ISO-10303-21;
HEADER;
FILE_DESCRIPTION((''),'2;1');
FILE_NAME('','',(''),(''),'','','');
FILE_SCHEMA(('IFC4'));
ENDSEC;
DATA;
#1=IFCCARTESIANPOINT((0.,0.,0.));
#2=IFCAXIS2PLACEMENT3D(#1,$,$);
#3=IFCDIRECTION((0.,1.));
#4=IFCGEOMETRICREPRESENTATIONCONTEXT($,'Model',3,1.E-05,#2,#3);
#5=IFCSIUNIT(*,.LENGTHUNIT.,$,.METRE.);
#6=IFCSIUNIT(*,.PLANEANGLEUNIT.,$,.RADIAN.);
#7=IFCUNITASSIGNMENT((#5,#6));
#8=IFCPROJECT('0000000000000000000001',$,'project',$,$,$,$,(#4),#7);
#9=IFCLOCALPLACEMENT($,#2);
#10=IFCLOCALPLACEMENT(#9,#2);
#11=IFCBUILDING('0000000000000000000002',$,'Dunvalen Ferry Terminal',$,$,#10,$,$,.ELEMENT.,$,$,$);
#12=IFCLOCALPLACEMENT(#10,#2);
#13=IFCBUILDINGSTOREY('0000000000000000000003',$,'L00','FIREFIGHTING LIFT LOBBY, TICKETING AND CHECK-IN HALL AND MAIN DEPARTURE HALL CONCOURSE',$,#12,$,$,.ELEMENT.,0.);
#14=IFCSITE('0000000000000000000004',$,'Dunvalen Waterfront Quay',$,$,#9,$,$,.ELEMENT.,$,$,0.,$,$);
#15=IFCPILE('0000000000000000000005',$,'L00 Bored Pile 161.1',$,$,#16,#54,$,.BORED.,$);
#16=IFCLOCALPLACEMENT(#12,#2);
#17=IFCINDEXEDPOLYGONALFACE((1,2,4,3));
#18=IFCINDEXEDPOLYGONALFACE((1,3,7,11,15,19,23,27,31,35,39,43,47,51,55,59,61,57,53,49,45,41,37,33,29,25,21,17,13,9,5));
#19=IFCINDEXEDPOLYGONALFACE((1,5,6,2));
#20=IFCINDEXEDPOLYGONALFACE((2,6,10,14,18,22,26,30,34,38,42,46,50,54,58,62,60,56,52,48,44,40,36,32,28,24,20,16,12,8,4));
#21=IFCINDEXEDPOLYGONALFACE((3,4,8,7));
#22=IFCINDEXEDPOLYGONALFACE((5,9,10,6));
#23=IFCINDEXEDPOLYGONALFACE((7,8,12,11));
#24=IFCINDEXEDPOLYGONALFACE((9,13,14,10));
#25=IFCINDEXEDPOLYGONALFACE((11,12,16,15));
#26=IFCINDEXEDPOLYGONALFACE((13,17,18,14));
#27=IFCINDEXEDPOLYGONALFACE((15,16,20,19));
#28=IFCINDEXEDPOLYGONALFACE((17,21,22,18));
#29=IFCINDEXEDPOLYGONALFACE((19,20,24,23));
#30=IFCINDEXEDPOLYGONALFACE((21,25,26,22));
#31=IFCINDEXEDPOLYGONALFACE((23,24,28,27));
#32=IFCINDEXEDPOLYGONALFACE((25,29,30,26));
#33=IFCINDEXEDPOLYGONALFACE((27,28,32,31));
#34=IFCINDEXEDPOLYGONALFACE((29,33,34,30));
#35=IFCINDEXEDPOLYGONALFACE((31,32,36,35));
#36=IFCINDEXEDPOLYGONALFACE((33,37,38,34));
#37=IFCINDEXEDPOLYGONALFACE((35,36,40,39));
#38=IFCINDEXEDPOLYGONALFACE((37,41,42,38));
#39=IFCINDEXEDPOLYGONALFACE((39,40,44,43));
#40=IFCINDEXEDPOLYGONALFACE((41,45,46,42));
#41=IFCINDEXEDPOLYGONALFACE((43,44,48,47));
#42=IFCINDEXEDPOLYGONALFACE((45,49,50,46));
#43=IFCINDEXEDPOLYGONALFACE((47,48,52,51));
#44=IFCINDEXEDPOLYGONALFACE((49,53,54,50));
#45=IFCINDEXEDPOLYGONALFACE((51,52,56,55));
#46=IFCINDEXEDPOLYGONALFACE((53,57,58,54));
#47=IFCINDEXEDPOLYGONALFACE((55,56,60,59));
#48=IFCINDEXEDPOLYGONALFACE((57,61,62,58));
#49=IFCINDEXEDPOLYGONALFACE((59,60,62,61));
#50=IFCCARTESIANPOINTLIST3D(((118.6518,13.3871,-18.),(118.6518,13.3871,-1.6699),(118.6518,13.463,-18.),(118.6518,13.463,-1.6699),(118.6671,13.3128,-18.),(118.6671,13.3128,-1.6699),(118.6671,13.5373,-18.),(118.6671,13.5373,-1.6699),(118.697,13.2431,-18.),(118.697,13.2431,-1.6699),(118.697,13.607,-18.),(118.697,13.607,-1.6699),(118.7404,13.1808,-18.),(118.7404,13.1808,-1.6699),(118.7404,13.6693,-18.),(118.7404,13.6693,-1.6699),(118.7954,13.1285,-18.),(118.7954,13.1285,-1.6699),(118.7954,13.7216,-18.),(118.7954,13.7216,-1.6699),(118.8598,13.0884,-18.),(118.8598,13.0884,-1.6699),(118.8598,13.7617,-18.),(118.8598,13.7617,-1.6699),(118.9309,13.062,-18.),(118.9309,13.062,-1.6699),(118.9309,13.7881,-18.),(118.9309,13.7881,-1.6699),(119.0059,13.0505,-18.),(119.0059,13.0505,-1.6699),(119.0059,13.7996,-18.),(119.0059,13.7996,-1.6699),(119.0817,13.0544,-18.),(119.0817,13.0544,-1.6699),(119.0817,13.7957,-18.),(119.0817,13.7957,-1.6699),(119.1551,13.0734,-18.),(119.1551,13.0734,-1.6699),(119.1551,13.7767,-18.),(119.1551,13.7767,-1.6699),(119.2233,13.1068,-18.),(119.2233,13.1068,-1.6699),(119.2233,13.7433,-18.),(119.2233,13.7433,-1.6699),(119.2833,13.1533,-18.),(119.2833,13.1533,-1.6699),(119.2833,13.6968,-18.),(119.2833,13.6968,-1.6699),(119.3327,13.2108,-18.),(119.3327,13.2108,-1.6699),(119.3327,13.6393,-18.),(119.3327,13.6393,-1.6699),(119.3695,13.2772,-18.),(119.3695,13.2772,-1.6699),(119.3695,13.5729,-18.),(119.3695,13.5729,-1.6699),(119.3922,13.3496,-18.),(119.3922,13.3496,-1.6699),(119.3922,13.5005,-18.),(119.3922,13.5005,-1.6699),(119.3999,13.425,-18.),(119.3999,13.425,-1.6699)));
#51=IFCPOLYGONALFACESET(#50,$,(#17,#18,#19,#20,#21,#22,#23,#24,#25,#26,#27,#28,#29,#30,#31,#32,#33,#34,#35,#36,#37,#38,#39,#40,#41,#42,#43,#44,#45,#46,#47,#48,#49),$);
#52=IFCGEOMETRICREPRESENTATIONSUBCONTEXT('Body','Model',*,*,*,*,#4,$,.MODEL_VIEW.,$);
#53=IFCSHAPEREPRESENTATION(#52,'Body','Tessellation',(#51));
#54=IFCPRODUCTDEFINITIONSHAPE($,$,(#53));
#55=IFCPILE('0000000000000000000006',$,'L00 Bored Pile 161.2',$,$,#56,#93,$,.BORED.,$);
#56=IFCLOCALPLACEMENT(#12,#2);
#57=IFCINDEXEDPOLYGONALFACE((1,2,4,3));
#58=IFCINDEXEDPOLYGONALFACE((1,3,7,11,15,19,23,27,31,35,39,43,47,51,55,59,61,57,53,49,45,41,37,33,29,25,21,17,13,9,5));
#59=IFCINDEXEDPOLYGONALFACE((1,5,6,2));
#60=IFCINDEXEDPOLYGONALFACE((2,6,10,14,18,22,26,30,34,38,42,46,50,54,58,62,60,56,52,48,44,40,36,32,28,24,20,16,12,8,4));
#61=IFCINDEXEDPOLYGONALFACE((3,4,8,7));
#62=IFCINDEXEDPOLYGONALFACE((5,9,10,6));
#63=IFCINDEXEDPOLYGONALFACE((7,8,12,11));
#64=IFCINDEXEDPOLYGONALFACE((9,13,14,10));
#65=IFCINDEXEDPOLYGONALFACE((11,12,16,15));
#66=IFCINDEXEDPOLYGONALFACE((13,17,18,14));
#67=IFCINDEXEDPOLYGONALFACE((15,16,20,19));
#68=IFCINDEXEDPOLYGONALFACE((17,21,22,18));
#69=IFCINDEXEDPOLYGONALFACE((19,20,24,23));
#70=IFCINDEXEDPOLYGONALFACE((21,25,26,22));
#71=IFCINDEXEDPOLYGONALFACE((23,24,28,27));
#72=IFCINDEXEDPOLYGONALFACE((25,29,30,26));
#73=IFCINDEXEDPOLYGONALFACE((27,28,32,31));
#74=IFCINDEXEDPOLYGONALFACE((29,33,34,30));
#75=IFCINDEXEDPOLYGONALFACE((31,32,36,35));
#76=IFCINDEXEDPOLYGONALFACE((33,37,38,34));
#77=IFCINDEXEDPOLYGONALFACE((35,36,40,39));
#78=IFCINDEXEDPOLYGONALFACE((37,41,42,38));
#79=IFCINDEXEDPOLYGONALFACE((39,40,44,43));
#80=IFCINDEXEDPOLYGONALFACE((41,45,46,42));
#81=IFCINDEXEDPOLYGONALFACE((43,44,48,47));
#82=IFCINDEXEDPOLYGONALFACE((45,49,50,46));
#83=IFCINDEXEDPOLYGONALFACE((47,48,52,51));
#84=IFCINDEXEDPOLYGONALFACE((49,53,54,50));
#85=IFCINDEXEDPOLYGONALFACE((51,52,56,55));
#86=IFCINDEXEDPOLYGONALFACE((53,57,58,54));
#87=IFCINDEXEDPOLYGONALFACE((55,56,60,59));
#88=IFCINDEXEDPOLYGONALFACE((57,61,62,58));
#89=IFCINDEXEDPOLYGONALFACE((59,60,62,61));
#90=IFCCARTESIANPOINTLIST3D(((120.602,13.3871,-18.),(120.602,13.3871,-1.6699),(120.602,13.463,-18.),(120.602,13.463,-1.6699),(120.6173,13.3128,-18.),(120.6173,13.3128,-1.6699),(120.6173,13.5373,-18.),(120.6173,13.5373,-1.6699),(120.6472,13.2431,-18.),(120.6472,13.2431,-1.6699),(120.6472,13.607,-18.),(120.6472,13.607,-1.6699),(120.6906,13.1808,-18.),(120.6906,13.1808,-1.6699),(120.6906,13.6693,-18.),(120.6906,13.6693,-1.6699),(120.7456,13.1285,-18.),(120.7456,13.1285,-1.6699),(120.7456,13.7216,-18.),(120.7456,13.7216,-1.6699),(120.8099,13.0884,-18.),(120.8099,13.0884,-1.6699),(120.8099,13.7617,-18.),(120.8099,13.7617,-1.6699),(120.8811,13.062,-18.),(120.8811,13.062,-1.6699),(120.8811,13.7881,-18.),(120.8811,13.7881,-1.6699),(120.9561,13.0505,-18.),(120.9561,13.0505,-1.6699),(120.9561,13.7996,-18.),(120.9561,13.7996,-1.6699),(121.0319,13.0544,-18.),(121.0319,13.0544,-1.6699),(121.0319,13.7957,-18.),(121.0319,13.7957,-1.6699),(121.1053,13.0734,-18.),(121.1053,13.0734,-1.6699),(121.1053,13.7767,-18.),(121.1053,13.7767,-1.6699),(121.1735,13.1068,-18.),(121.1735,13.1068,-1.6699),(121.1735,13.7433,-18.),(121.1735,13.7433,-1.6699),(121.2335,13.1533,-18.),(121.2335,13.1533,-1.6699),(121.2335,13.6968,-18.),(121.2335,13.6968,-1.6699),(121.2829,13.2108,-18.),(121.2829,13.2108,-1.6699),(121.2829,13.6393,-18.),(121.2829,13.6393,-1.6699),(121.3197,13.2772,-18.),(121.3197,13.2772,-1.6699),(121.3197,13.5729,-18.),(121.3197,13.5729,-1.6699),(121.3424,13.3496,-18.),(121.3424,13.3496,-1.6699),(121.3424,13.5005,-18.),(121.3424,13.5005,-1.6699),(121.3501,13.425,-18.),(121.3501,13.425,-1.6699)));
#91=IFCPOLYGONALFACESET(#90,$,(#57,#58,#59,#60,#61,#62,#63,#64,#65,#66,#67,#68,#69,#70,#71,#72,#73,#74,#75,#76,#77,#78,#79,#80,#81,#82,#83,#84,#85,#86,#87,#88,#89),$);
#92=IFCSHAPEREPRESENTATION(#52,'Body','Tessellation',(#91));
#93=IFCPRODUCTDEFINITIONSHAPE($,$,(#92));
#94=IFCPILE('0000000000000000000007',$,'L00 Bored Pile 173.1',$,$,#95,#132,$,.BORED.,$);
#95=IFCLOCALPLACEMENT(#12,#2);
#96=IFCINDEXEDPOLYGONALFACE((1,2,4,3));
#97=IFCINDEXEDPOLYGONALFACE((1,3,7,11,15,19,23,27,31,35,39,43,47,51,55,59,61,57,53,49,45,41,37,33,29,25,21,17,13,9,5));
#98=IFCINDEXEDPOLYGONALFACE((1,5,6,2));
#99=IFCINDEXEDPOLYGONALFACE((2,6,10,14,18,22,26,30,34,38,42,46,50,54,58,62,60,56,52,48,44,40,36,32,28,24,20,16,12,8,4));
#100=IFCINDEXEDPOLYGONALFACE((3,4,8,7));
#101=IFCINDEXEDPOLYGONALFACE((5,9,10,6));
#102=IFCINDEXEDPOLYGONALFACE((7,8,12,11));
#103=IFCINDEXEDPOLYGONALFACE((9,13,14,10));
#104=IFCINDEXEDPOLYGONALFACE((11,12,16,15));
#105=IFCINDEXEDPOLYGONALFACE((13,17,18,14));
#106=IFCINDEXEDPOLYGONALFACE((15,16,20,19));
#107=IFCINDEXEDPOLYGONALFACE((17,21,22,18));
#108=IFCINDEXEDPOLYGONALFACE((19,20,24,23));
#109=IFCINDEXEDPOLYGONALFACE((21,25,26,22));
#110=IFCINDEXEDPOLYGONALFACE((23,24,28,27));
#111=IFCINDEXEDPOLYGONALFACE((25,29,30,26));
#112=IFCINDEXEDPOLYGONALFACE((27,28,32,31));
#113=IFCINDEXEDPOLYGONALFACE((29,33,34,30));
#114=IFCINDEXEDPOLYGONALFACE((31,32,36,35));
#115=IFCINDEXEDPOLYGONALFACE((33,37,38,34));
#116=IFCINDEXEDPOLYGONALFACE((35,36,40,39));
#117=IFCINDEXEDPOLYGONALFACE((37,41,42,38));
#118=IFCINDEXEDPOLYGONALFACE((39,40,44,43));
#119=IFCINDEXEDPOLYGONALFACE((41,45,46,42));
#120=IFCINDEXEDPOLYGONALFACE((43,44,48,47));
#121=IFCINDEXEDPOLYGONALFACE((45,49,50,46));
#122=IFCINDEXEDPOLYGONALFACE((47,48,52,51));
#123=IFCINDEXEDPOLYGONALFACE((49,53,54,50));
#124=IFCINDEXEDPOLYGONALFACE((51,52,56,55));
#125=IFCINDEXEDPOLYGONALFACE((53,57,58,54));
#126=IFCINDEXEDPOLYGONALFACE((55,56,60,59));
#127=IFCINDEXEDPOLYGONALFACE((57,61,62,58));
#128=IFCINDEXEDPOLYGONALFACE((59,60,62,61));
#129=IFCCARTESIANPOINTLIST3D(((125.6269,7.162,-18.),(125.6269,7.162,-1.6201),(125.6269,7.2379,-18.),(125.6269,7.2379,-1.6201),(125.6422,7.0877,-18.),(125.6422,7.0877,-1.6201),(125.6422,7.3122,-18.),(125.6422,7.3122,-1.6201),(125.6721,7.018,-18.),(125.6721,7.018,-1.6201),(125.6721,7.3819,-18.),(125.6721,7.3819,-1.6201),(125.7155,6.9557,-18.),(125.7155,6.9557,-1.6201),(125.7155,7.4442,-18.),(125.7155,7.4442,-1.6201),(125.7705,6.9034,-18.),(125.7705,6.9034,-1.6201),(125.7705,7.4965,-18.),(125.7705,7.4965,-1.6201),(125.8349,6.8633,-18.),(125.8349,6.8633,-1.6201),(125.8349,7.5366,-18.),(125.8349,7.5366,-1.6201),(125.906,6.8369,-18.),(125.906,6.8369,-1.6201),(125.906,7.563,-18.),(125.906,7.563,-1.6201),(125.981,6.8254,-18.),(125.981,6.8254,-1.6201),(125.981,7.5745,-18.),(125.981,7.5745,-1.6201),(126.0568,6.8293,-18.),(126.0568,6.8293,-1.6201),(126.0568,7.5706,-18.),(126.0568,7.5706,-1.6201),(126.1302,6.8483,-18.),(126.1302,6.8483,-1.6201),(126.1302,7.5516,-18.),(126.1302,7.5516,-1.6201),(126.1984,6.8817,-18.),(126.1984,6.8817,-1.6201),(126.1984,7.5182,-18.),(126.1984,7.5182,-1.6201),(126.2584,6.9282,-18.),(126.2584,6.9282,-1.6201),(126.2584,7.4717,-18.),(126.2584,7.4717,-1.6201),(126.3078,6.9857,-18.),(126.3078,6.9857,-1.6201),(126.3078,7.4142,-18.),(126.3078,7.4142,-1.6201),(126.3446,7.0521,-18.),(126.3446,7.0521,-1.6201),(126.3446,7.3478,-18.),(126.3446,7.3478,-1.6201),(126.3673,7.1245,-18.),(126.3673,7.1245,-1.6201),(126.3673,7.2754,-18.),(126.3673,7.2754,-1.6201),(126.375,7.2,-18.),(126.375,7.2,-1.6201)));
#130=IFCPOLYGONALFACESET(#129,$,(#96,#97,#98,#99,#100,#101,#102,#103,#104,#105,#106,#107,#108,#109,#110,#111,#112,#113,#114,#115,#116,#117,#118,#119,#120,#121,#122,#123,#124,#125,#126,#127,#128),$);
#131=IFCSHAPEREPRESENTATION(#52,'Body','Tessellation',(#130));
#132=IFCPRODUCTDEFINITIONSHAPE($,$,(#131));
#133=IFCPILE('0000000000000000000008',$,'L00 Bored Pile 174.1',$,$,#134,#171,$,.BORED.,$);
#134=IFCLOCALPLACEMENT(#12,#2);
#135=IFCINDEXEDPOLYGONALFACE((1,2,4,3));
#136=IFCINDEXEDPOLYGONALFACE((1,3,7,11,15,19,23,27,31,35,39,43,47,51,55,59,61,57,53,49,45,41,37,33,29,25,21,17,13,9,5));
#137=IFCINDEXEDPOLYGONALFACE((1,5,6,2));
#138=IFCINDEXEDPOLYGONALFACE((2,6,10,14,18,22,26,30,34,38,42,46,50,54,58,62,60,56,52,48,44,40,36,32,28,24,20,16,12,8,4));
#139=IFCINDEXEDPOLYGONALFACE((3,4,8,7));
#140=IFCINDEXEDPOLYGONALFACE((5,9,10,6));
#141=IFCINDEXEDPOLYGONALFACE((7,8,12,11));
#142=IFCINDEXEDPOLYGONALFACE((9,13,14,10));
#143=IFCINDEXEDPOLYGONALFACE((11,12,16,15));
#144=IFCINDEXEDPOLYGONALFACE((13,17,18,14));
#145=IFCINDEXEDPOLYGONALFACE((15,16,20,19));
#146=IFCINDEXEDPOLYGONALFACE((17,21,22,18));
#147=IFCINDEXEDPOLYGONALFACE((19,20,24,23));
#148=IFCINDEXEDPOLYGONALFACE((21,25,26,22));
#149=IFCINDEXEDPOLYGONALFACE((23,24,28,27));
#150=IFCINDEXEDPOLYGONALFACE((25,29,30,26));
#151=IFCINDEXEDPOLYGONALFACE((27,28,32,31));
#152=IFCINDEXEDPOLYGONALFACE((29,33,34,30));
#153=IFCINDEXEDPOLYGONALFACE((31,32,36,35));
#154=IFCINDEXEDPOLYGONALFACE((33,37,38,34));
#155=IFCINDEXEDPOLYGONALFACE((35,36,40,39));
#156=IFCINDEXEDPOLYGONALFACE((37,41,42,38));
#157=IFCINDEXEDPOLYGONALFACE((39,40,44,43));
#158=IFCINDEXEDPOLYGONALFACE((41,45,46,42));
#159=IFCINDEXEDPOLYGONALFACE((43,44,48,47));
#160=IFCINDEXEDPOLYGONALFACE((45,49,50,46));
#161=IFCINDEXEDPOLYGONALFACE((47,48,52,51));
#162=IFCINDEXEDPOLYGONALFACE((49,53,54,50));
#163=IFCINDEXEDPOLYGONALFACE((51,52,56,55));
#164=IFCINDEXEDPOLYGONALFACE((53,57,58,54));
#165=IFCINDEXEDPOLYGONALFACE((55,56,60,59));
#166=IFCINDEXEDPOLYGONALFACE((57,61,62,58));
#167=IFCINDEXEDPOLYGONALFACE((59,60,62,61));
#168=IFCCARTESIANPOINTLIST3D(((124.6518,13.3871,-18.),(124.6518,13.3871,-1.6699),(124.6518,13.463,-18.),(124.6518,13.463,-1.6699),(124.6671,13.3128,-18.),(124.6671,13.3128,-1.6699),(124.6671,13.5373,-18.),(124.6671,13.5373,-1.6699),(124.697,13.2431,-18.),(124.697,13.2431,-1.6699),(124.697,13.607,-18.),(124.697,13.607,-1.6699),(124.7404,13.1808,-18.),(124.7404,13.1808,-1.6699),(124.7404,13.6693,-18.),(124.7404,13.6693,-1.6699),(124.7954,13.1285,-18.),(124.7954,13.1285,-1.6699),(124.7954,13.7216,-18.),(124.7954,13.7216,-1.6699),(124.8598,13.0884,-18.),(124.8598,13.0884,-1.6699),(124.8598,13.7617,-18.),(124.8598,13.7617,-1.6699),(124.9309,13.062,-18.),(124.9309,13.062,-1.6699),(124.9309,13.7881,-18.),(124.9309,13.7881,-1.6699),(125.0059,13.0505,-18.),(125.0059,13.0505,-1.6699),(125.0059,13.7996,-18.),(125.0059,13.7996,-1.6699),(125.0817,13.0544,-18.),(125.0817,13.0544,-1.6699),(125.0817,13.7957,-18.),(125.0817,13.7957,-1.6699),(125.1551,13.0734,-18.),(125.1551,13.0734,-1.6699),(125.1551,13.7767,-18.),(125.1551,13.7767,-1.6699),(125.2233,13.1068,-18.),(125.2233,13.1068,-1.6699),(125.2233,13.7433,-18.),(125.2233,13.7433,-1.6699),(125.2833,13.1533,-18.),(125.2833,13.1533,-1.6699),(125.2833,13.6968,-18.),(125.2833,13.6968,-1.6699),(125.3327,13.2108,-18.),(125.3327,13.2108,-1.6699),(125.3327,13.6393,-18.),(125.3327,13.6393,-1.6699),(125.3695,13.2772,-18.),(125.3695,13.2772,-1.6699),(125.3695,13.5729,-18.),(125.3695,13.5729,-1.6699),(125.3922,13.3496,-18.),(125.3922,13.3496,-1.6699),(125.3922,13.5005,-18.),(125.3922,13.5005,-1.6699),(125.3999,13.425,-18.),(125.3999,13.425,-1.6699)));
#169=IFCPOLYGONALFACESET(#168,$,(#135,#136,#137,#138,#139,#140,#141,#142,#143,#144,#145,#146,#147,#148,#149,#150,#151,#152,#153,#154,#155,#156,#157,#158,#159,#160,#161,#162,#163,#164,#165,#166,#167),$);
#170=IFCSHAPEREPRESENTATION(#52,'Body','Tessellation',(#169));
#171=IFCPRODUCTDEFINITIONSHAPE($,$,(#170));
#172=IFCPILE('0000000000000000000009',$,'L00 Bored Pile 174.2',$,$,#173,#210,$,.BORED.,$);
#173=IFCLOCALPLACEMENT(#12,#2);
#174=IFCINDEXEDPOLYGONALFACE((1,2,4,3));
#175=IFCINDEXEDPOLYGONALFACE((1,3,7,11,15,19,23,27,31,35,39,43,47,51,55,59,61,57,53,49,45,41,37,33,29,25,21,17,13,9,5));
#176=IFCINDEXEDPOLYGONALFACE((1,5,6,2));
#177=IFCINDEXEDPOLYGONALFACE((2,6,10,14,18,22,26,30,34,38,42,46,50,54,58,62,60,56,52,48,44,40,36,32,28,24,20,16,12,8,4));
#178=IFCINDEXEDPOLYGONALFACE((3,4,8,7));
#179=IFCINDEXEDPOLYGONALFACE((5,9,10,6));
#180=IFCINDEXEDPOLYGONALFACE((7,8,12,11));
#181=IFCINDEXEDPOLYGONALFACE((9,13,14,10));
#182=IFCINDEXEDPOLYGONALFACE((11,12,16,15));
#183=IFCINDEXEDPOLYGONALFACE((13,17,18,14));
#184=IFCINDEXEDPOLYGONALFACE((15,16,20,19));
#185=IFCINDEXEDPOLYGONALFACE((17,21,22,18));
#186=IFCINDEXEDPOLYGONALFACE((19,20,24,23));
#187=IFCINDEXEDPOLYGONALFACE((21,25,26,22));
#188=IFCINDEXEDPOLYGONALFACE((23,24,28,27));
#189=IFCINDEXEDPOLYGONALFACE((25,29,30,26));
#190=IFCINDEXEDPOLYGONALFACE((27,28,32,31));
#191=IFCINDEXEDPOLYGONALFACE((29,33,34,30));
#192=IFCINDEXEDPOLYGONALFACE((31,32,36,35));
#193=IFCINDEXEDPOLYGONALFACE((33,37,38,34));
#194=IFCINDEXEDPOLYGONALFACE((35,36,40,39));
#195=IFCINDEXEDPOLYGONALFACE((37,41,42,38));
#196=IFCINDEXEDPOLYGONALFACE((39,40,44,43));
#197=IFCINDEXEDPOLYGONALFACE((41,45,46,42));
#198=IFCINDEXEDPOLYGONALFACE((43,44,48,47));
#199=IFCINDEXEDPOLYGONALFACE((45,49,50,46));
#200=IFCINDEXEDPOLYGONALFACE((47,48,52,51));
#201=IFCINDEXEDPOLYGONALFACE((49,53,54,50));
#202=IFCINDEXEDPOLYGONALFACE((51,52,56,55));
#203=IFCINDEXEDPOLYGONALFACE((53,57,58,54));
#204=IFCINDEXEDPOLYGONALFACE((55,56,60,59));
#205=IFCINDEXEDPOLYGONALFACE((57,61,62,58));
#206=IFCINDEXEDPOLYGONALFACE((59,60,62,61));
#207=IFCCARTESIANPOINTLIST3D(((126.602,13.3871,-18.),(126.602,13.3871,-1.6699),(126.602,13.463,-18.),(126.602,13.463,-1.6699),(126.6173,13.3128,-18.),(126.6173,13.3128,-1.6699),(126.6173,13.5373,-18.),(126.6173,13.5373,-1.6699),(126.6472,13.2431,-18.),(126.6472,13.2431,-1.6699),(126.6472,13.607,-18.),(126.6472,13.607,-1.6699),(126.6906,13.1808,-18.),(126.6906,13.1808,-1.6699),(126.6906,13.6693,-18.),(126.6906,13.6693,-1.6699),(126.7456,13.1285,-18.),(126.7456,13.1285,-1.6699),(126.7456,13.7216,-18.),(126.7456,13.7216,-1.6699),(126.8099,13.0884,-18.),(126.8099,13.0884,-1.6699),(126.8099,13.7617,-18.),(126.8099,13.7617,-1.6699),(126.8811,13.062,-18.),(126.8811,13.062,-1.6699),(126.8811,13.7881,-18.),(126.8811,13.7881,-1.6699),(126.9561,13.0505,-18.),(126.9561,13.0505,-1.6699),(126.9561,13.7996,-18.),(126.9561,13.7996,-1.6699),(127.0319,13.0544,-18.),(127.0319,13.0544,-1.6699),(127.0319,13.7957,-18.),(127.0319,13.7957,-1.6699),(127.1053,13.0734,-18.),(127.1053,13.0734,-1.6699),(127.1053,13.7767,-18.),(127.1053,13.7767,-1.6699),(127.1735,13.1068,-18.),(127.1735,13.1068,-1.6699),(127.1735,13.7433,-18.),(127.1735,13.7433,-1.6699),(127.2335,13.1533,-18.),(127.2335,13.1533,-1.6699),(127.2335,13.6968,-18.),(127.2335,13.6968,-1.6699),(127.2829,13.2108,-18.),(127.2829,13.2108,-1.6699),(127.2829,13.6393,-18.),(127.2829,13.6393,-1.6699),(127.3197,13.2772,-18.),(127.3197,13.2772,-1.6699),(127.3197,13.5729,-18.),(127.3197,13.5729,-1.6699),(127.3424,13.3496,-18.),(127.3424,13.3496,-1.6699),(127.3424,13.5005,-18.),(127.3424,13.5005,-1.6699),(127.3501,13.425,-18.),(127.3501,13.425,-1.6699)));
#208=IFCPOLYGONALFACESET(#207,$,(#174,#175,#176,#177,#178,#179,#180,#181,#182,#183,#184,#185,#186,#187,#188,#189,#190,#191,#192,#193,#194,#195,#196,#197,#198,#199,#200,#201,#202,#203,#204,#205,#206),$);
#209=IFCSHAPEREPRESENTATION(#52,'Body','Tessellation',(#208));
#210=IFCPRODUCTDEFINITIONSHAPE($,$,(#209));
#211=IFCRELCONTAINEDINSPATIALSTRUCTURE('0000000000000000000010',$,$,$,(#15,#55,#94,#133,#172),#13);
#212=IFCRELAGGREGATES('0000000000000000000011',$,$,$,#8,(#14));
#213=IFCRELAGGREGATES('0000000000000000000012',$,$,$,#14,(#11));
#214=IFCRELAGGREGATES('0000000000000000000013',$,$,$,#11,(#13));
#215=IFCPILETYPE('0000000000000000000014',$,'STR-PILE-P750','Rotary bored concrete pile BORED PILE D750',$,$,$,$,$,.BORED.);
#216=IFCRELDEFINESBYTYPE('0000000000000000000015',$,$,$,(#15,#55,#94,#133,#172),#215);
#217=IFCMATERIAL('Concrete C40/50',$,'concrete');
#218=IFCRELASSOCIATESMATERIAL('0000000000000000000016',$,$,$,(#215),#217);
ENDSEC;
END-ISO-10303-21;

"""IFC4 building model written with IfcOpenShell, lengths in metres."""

from ifc_helpers import new_model, si_unit, direction, frame, origin, origin_2d, place, context, subcontext, project, spatial, circle, extrude, material, material_profile, profile_set, type_object, element, save


model = new_model("IFC4")

# Units and contexts
model_context = context("Model", 3, precision=1e-05, world=origin(), true_north=direction((0.0, 1.0)))
body_context = subcontext(model_context, "Body", "Model", "MODEL_VIEW")
ifc_project = project(units=[si_unit("LENGTHUNIT", "METRE"), si_unit("PLANEANGLEUNIT", "RADIAN")], contexts=[model_context])

# Site, building, storey
site_placement = place(None, origin())
site = spatial("IfcSite", under=ifc_project, at=site_placement, Name="Dunvalen Waterfront Quay", CompositionType="ELEMENT", RefElevation=0.0)
building_placement = place(site_placement, origin())
building = spatial("IfcBuilding", under=site, at=building_placement, Name="Dunvalen Ferry Terminal", CompositionType="ELEMENT")
storey_placement = place(building_placement, origin())
storey = spatial("IfcBuildingStorey", under=building, at=storey_placement, Name="L00", Description="FIREFIGHTING LIFT LOBBY, TICKETING AND CHECK-IN HALL AND MAIN DEPARTURE HALL CONCOURSE", CompositionType="ELEMENT", Elevation=0.0)

# Shared definitions
ifc_material_1 = material(Name="Concrete C40/50", Category="concrete")

# Piles
ifc_material_profile_1 = material_profile(ifc_material_1, circle(Radius=0.375, at=origin_2d()), Name="Concrete C40/50")
ifc_profile_set_1 = profile_set([ifc_material_profile_1], Name="Concrete C40/50")
pile_type = type_object("IfcPileType", Name="STR-PILE-P750", Description="Rotary bored concrete pile BORED PILE D750", PredefinedType="BORED", material=ifc_profile_set_1)
for number, where, z_axis, x_axis, name in (
    (1, (119.0249, 13.425, -1.6699), (0.0, 0.0, -1.0), (1.0, 0.0, 0.0), "L00 Bored Pile 161.1"),
    (2, (120.9751, 13.425, -1.6699), (0.0, 0.0, -1.0), (1.0, 0.0, 0.0), "L00 Bored Pile 161.2"),
):
    element("IfcPile", number, at=place(storey_placement, frame(where, z_axis=z_axis, x_axis=x_axis)), inside=storey, type_object=pile_type, Name=name, PredefinedType="BORED", context=body_context, shape_type="SweptSolid", body=[
        extrude(circle(Radius=0.375, at=origin_2d()), origin(), (0.0, 0.0, 1.0), 16.3301),
    ])
pile_1_placement = place(storey_placement, frame((126.0, 7.2, -1.6201), z_axis=(0.0, 0.0, -1.0), x_axis=(1.0, 0.0, 0.0)))
element("IfcPile", 3, at=pile_1_placement, inside=storey, type_object=pile_type, Name="L00 Bored Pile 173.1", PredefinedType="BORED", context=body_context, shape_type="SweptSolid", body=[
    extrude(circle(Radius=0.375, at=origin_2d()), origin(), (0.0, 0.0, 1.0), 16.3799),
])
for number, where, z_axis, x_axis, name in (
    (4, (125.0249, 13.425, -1.6699), (0.0, 0.0, -1.0), (1.0, 0.0, 0.0), "L00 Bored Pile 174.1"),
    (5, (126.9751, 13.425, -1.6699), (0.0, 0.0, -1.0), (1.0, 0.0, 0.0), "L00 Bored Pile 174.2"),
):
    element("IfcPile", number, at=place(storey_placement, frame(where, z_axis=z_axis, x_axis=x_axis)), inside=storey, type_object=pile_type, Name=name, PredefinedType="BORED", context=body_context, shape_type="SweptSolid", body=[
        extrude(circle(Radius=0.375, at=origin_2d()), origin(), (0.0, 0.0, 1.0), 16.3301),
    ])

save(model, "model.ifc")
